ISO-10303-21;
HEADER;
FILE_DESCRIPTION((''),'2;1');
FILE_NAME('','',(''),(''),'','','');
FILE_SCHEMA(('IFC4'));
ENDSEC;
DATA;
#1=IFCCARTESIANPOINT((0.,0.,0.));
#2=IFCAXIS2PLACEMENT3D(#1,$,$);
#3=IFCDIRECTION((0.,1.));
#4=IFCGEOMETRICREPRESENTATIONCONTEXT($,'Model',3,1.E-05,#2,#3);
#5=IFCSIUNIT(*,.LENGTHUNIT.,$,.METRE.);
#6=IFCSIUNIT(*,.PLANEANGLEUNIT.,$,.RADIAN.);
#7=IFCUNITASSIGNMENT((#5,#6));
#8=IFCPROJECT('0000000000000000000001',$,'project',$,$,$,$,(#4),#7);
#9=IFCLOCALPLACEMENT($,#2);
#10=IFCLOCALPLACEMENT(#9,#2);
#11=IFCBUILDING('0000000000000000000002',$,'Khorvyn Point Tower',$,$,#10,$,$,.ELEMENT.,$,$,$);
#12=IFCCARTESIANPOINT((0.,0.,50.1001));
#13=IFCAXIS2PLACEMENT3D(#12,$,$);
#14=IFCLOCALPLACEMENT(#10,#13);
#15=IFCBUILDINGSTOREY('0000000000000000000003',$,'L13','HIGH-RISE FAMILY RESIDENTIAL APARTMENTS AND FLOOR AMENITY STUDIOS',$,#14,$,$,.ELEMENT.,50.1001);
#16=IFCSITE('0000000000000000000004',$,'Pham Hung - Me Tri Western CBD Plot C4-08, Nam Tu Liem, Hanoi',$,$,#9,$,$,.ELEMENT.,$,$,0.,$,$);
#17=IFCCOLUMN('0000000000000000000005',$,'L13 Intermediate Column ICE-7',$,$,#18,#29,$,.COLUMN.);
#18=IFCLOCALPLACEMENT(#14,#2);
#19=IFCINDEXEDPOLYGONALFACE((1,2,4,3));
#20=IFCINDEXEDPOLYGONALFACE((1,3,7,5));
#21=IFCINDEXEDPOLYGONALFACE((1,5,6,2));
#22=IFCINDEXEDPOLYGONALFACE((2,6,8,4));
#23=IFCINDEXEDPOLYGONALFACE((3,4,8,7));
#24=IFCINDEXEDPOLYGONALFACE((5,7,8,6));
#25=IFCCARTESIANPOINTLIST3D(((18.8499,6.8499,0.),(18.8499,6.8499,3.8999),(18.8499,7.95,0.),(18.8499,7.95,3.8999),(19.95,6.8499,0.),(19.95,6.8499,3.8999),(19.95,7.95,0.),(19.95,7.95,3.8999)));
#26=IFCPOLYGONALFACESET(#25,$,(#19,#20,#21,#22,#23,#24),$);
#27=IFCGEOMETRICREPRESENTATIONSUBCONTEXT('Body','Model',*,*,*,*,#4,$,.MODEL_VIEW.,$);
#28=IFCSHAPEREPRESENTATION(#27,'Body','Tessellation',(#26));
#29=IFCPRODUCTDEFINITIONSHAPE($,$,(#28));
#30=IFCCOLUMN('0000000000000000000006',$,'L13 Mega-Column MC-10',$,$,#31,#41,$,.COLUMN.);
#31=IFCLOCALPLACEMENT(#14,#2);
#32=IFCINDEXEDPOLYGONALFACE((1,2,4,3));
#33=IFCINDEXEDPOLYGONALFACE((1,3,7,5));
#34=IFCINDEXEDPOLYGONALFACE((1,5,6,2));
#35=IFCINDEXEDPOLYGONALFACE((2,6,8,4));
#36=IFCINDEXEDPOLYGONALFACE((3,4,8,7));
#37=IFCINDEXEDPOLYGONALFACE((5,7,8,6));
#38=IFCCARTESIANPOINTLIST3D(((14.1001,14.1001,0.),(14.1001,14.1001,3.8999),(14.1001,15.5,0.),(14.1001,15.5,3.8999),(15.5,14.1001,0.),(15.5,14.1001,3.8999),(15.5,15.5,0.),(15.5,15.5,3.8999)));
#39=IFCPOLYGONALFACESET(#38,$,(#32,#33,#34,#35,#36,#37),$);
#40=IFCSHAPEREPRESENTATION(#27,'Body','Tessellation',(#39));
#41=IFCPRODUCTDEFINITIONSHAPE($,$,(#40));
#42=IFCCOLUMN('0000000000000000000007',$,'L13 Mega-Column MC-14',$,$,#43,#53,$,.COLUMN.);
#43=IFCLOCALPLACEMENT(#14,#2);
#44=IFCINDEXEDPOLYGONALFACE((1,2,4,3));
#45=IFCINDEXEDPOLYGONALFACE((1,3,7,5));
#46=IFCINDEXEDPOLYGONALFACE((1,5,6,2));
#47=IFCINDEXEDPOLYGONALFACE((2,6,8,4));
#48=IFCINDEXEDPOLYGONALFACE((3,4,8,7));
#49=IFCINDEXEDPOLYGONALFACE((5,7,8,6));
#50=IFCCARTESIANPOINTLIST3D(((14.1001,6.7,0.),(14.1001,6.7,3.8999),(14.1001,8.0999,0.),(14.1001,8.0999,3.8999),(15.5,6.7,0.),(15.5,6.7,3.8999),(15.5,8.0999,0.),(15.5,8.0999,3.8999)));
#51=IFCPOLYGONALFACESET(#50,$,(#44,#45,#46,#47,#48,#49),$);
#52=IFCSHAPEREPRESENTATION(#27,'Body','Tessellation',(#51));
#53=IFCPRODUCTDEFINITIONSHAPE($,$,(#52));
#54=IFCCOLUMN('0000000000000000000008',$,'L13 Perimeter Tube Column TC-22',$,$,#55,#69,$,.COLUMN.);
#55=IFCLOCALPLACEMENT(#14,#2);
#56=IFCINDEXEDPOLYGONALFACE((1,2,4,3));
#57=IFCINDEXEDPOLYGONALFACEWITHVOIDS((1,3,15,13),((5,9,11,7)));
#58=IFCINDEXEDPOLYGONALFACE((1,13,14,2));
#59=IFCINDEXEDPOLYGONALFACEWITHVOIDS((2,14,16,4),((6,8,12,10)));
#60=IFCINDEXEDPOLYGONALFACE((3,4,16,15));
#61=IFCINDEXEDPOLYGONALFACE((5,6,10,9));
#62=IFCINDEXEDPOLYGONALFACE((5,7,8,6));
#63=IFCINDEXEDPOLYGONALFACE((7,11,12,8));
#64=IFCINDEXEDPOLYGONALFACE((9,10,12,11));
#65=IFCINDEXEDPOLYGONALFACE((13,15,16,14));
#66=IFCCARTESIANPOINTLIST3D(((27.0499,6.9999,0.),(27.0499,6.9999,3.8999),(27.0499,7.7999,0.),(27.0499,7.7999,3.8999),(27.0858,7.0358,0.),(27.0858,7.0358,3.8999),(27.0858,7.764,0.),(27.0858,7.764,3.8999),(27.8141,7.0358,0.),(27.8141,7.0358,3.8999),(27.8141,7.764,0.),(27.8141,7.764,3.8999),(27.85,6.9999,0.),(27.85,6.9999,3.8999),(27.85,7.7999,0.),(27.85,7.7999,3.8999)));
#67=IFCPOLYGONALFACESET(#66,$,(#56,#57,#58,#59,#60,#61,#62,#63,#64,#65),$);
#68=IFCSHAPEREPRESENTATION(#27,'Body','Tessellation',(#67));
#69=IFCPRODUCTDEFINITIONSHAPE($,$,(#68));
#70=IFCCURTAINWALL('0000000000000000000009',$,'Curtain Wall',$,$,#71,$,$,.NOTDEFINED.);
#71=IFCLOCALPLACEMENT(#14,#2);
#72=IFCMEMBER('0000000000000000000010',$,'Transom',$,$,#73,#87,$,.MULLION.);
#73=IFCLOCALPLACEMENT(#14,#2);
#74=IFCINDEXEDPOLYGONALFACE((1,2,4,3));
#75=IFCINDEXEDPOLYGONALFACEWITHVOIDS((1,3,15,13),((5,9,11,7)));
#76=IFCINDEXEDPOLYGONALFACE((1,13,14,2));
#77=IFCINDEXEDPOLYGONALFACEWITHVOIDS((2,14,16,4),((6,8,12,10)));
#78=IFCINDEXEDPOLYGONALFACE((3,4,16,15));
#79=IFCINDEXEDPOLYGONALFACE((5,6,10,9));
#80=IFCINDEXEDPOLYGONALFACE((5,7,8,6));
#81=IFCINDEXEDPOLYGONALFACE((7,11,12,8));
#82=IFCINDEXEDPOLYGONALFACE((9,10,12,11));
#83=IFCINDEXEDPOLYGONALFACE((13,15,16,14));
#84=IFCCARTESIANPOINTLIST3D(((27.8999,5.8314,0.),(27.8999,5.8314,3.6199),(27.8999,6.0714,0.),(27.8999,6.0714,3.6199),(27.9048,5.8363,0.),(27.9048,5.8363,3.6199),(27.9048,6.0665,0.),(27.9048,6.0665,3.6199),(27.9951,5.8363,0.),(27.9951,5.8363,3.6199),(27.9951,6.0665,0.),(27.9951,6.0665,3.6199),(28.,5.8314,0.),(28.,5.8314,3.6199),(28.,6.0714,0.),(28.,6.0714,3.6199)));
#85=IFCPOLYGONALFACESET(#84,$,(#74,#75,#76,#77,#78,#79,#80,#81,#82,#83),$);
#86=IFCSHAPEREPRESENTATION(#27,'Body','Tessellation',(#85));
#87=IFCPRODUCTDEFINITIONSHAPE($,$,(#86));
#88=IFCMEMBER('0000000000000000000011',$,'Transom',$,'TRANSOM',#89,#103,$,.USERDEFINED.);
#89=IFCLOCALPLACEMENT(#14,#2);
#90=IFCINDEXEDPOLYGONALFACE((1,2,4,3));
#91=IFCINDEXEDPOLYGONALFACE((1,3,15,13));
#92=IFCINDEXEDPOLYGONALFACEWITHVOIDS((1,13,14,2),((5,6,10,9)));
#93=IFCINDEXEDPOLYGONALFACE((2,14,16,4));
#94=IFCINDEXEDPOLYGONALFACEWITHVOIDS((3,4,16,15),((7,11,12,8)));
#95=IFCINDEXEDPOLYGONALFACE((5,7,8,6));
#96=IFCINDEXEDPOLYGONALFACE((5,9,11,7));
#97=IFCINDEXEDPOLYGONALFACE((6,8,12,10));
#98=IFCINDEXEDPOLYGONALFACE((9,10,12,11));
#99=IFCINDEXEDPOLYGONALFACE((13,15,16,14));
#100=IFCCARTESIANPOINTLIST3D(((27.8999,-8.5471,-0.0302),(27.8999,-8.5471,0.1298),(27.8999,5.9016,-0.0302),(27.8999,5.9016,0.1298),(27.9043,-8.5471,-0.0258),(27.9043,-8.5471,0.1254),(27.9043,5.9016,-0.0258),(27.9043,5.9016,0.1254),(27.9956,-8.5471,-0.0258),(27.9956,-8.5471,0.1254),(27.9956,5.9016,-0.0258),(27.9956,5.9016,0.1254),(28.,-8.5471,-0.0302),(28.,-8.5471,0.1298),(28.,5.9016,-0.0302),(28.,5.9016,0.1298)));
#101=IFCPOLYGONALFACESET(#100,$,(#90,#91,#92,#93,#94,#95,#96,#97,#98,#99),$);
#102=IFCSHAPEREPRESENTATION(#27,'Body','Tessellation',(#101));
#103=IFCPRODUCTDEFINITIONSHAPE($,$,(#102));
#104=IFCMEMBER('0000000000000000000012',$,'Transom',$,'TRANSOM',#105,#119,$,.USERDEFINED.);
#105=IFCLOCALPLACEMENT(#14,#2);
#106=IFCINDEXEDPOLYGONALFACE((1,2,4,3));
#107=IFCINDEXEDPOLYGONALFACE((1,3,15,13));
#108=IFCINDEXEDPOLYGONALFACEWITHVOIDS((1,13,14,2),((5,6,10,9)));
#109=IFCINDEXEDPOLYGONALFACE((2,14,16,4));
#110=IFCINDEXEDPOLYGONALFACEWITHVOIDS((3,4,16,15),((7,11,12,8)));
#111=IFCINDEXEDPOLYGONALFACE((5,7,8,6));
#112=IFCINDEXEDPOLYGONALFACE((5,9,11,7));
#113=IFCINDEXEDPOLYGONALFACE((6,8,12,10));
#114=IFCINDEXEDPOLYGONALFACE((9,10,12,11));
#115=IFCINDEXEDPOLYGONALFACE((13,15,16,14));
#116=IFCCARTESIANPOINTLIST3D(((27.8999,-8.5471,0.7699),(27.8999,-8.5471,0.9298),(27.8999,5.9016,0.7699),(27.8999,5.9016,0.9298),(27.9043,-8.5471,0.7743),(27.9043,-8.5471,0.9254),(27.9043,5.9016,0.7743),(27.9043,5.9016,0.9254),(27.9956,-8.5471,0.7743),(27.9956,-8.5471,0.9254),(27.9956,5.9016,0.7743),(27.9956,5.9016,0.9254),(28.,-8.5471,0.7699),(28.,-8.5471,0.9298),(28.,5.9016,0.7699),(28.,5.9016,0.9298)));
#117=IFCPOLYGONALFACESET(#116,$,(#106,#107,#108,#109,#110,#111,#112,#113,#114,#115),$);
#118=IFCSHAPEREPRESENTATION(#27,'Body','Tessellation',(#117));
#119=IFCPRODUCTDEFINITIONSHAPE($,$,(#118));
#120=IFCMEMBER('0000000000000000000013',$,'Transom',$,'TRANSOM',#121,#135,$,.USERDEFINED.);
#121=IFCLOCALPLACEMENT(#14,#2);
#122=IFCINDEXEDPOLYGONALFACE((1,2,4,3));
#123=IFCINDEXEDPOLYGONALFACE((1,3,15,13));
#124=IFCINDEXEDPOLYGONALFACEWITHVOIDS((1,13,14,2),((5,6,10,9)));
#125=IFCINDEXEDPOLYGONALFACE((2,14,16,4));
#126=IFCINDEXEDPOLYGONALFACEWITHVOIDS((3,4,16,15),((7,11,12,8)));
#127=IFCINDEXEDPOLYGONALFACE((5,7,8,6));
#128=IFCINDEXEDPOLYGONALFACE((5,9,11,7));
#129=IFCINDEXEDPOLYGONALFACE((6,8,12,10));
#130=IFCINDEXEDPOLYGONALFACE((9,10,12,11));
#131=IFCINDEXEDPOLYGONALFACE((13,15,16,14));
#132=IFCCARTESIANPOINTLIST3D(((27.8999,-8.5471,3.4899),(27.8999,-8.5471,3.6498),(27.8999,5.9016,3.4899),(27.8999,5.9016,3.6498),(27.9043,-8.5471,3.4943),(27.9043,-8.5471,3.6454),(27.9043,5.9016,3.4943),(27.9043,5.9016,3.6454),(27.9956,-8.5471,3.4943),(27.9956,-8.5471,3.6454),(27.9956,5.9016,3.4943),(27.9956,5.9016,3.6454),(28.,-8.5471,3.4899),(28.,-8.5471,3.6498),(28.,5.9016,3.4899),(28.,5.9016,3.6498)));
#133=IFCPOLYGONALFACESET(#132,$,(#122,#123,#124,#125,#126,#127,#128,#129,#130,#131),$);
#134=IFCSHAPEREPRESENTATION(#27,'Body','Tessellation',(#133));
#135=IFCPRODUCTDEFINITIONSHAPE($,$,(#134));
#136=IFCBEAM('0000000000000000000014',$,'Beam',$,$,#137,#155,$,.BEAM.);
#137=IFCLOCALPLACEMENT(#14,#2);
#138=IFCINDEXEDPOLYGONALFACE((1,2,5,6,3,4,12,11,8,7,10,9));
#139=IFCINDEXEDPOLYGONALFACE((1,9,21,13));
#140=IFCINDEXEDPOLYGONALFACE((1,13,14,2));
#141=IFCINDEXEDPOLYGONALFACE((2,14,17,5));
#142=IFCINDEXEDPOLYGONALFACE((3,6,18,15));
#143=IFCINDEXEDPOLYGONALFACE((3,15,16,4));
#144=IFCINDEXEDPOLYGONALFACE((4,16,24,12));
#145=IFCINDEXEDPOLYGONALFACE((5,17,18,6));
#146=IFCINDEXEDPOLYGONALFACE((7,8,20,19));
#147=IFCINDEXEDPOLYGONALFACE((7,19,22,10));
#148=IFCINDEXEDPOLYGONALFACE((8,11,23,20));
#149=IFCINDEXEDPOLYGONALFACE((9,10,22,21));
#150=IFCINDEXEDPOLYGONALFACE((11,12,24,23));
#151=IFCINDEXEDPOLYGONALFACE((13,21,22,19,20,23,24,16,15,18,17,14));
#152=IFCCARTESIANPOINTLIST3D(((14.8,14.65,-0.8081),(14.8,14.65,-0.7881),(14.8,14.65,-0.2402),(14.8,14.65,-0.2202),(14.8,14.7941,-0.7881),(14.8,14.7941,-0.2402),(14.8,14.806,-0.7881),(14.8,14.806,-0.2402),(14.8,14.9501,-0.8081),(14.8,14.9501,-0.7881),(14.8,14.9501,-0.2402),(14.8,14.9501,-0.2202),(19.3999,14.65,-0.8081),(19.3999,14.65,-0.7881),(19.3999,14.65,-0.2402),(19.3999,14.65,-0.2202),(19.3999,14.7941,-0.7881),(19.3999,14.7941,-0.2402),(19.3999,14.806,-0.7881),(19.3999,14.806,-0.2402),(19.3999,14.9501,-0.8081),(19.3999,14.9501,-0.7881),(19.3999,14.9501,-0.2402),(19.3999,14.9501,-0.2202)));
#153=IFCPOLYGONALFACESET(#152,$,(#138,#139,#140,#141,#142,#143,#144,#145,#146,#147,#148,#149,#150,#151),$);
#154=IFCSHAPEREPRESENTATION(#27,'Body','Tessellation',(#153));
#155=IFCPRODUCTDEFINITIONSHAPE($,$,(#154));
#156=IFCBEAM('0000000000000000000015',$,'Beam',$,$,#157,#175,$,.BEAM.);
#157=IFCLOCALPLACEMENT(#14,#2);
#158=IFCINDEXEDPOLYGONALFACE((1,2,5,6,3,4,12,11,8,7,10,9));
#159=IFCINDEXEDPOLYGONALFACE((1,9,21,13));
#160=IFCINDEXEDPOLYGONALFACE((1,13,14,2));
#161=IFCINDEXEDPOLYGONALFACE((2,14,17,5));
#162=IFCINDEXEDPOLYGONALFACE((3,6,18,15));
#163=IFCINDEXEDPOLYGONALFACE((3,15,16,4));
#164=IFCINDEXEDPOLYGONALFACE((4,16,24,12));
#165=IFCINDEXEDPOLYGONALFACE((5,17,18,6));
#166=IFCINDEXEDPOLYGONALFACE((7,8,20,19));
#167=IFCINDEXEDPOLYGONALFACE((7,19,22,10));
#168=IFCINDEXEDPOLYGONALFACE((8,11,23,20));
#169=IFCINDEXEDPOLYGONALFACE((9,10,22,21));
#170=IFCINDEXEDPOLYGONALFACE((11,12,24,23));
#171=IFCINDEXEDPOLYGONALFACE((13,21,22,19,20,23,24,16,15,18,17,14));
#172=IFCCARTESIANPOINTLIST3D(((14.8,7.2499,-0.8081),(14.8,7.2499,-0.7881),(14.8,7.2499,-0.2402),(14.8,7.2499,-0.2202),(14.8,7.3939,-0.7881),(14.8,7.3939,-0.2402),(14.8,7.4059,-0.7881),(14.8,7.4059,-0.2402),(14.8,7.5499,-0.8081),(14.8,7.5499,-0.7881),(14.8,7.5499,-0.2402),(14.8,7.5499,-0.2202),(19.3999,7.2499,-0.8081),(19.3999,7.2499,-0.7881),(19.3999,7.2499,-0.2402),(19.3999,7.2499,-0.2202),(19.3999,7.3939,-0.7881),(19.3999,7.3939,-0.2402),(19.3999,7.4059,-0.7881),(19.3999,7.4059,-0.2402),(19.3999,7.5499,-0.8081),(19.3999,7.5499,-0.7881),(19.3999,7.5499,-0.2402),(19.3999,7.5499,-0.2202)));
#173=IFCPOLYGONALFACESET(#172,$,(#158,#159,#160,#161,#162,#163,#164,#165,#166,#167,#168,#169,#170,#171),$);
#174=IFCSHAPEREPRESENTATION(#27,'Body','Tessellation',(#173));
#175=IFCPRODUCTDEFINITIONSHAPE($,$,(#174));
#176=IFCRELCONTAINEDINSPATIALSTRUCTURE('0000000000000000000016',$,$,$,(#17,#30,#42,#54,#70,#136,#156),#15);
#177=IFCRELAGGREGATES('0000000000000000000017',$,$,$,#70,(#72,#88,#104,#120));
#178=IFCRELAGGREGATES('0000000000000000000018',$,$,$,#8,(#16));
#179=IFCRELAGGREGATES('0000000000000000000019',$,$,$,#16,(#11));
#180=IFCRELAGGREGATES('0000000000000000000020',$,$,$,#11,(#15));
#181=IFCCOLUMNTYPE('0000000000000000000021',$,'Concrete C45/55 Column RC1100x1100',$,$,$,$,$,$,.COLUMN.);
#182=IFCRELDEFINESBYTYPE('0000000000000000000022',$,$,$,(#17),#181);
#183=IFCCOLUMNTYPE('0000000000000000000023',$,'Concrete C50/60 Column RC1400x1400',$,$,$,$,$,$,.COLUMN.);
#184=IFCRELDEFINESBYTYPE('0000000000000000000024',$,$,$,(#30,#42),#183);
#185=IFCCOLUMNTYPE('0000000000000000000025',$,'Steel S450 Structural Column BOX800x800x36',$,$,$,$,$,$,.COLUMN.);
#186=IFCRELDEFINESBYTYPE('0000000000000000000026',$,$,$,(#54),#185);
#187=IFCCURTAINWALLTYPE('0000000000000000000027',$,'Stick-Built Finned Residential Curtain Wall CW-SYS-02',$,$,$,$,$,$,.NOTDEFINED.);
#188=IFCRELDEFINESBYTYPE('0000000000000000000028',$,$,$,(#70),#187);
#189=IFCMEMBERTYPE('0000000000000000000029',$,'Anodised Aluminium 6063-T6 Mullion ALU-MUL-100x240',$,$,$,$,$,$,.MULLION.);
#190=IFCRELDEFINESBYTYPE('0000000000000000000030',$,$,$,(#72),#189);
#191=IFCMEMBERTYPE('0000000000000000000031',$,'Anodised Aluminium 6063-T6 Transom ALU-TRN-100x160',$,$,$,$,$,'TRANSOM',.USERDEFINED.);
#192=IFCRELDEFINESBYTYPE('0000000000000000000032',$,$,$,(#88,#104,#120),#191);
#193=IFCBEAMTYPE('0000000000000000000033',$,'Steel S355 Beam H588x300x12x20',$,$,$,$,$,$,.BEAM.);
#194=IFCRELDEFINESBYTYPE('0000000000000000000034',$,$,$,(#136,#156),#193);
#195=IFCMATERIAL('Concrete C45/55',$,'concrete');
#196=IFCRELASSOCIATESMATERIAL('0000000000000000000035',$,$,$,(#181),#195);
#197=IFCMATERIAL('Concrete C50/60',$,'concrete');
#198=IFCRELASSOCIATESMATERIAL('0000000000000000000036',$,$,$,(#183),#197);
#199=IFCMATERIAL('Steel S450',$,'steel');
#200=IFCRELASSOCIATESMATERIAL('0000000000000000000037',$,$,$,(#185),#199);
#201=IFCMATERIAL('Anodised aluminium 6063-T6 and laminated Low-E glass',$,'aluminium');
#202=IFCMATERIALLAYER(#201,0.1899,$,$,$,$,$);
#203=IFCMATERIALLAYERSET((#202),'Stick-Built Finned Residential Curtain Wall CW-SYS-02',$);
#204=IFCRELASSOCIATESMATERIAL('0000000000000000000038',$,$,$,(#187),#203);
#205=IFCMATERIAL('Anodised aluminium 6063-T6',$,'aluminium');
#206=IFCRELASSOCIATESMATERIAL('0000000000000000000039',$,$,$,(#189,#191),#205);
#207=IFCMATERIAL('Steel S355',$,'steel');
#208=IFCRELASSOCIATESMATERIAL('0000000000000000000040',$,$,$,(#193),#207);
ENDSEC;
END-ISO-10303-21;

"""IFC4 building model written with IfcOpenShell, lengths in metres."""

from ifc_helpers import new_model, si_unit, direction, frame, origin, origin_2d, place, context, subcontext, project, spatial, rectangle, hollow_rectangle, i_section, extrude, material, layer, layer_set, material_profile, profile_set, type_object, element, aggregate, save


model = new_model("IFC4")

# Units and contexts
model_context = context("Model", 3, precision=1e-05, world=origin(), true_north=direction((0.0, 1.0)))
body_context = subcontext(model_context, "Body", "Model", "MODEL_VIEW")
ifc_project = project(units=[si_unit("LENGTHUNIT", "METRE"), si_unit("PLANEANGLEUNIT", "RADIAN")], contexts=[model_context])

# Site, building, storey
site_placement = place(None, origin())
site = spatial("IfcSite", under=ifc_project, at=site_placement, Name="Pham Hung - Me Tri Western CBD Plot C4-08, Nam Tu Liem, Hanoi", CompositionType="ELEMENT", RefElevation=0.0)
building_placement = place(site_placement, origin())
building = spatial("IfcBuilding", under=site, at=building_placement, Name="Khorvyn Point Tower", CompositionType="ELEMENT")
storey_placement = place(building_placement, frame((0.0, 0.0, 50.1001)))
storey = spatial("IfcBuildingStorey", under=building, at=storey_placement, Name="L13", Description="HIGH-RISE FAMILY RESIDENTIAL APARTMENTS AND FLOOR AMENITY STUDIOS", CompositionType="ELEMENT", Elevation=50.1001)

# Columns
ifc_material_1 = material(Name="Concrete C45/55", Category="concrete")
ifc_material_profile_1 = material_profile(ifc_material_1, rectangle(XDim=1.1001, YDim=1.1001, at=origin_2d()))
ifc_profile_set_1 = profile_set([ifc_material_profile_1], Name="Concrete C45/55 RC1100x1100")
column_type_1 = type_object("IfcColumnType", Name="Concrete C45/55 Column RC1100x1100", PredefinedType="COLUMN", material=ifc_profile_set_1)
column_1_placement = place(storey_placement, frame((19.3999, 7.3999, 0.0), z_axis=(0.0, 0.0, 1.0), x_axis=(1.0, 0.0, 0.0)))
element("IfcColumn", 1, at=column_1_placement, inside=storey, type_object=column_type_1, Name="L13 Intermediate Column ICE-7", PredefinedType="COLUMN", context=body_context, shape_type="SweptSolid", body=[
    extrude(rectangle(XDim=1.1001, YDim=1.1001, at=origin_2d()), origin(), (0.0, 0.0, 1.0), 3.8999),
])
ifc_material_2 = material(Name="Concrete C50/60", Category="concrete")
ifc_material_profile_2 = material_profile(ifc_material_2, rectangle(XDim=1.3999, YDim=1.3999, at=origin_2d()))
ifc_profile_set_2 = profile_set([ifc_material_profile_2], Name="Concrete C50/60 RC1400x1400")
column_type_2 = type_object("IfcColumnType", Name="Concrete C50/60 Column RC1400x1400", PredefinedType="COLUMN", material=ifc_profile_set_2)
for number, where, z_axis, x_axis, name in (
    (2, (14.8, 14.8, 0.0), (0.0, 0.0, 1.0), (1.0, 0.0, 0.0), "L13 Mega-Column MC-10"),
    (3, (14.8, 7.3999, 0.0), (0.0, 0.0, 1.0), (1.0, 0.0, 0.0), "L13 Mega-Column MC-14"),
):
    element("IfcColumn", number, at=place(storey_placement, frame(where, z_axis=z_axis, x_axis=x_axis)), inside=storey, type_object=column_type_2, Name=name, PredefinedType="COLUMN", context=body_context, shape_type="SweptSolid", body=[
        extrude(rectangle(XDim=1.3999, YDim=1.3999, at=origin_2d()), origin(), (0.0, 0.0, 1.0), 3.8999),
    ])
ifc_material_3 = material(Name="Steel S450", Category="steel")
ifc_material_profile_3 = material_profile(ifc_material_3, hollow_rectangle(XDim=0.8, YDim=0.8, WallThickness=0.0359, at=origin_2d()))
ifc_profile_set_3 = profile_set([ifc_material_profile_3], Name="Steel S450 BOX800x800x36")
column_type_3 = type_object("IfcColumnType", Name="Steel S450 Structural Column BOX800x800x36", PredefinedType="COLUMN", material=ifc_profile_set_3)
column_2_placement = place(storey_placement, frame((27.45, 7.3999, 0.0), z_axis=(0.0, 0.0, 1.0), x_axis=(1.0, 0.0, 0.0)))
element("IfcColumn", 4, at=column_2_placement, inside=storey, type_object=column_type_3, Name="L13 Perimeter Tube Column TC-22", PredefinedType="COLUMN", context=body_context, shape_type="SweptSolid", body=[
    extrude(hollow_rectangle(XDim=0.8, YDim=0.8, WallThickness=0.0359, at=origin_2d()), origin(), (0.0, 0.0, 1.0), 3.8999),
])

# Curtain wall, members
ifc_material_4 = material(Name="Anodised aluminium 6063-T6 and laminated Low-E glass", Category="aluminium")
ifc_layer_1 = layer(ifc_material_4, 0.1899)
ifc_layer_set_1 = layer_set([ifc_layer_1], Name="Stick-Built Finned Residential Curtain Wall CW-SYS-02")
curtain_wall_type = type_object("IfcCurtainWallType", Name="Stick-Built Finned Residential Curtain Wall CW-SYS-02", PredefinedType="NOTDEFINED", material=ifc_layer_set_1)
curtain_wall_placement = place(storey_placement, origin())
curtain_wall = element("IfcCurtainWall", 5, at=curtain_wall_placement, inside=storey, type_object=curtain_wall_type, Name="Curtain Wall", PredefinedType="NOTDEFINED")
ifc_material_5 = material(Name="Anodised aluminium 6063-T6", Category="aluminium")
ifc_material_profile_4 = material_profile(ifc_material_5, hollow_rectangle(XDim=0.1001, YDim=0.24, WallThickness=0.0049, at=origin_2d()))
ifc_profile_set_4 = profile_set([ifc_material_profile_4], Name="Anodised aluminium 6063-T6 ALU-MUL-100x240")
member_type_1 = type_object("IfcMemberType", Name="Anodised Aluminium 6063-T6 Mullion ALU-MUL-100x240", PredefinedType="MULLION", material=ifc_profile_set_4)
member_1_placement = place(storey_placement, frame((27.95, 5.9514, 0.0), z_axis=(0.0, 0.0, 1.0), x_axis=(1.0, 0.0, 0.0)))
member_1 = element("IfcMember", 6, at=member_1_placement, type_object=member_type_1, Name="Transom", PredefinedType="MULLION", context=body_context, shape_type="SweptSolid", body=[
    extrude(hollow_rectangle(XDim=0.1001, YDim=0.24, WallThickness=0.0049, at=origin_2d()), origin(), (0.0, 0.0, 1.0), 3.6199),
])
ifc_material_profile_5 = material_profile(ifc_material_5, hollow_rectangle(XDim=0.1001, YDim=0.1599, WallThickness=0.0044, at=origin_2d()))
ifc_profile_set_5 = profile_set([ifc_material_profile_5], Name="Anodised aluminium 6063-T6 ALU-TRN-100x160")
member_type_2 = type_object("IfcMemberType", Name="Anodised Aluminium 6063-T6 Transom ALU-TRN-100x160", ElementType="TRANSOM", PredefinedType="USERDEFINED", material=ifc_profile_set_5)
member_2_placement = place(storey_placement, frame((27.95, 5.9016, 0.0498), z_axis=(0.0, -1.0, 0.0), x_axis=(1.0, 0.0, 0.0)))
member_2 = element("IfcMember", 7, at=member_2_placement, type_object=member_type_2, Name="Transom", ObjectType="TRANSOM", PredefinedType="USERDEFINED", context=body_context, shape_type="SweptSolid", body=[
    extrude(hollow_rectangle(XDim=0.1001, YDim=0.1599, WallThickness=0.0044, at=origin_2d()), origin(), (0.0, 0.0, 1.0), 14.4487),
])
member_3_placement = place(storey_placement, frame((27.95, 5.9016, 0.8499), z_axis=(0.0, -1.0, 0.0), x_axis=(1.0, 0.0, 0.0)))
member_3 = element("IfcMember", 8, at=member_3_placement, type_object=member_type_2, Name="Transom", ObjectType="TRANSOM", PredefinedType="USERDEFINED", context=body_context, shape_type="SweptSolid", body=[
    extrude(hollow_rectangle(XDim=0.1001, YDim=0.1599, WallThickness=0.0044, at=origin_2d()), origin(), (0.0, 0.0, 1.0), 14.4487),
])
member_4_placement = place(storey_placement, frame((27.95, 5.9016, 3.5698), z_axis=(0.0, -1.0, 0.0), x_axis=(1.0, 0.0, 0.0)))
member_4 = element("IfcMember", 9, at=member_4_placement, type_object=member_type_2, Name="Transom", ObjectType="TRANSOM", PredefinedType="USERDEFINED", context=body_context, shape_type="SweptSolid", body=[
    extrude(hollow_rectangle(XDim=0.1001, YDim=0.1599, WallThickness=0.0044, at=origin_2d()), origin(), (0.0, 0.0, 1.0), 14.4487),
])

# Beams
ifc_material_6 = material(Name="Steel S355", Category="steel")
ifc_material_profile_6 = material_profile(ifc_material_6, i_section(OverallWidth=0.3, OverallDepth=0.5879, WebThickness=0.012, FlangeThickness=0.02, at=origin_2d()))
ifc_profile_set_6 = profile_set([ifc_material_profile_6], Name="Steel S355 H588x300x12x20")
beam_type_1 = type_object("IfcBeamType", Name="Steel S355 Beam H588x300x12x20", PredefinedType="BEAM", material=ifc_profile_set_6)
for number, where, z_axis, x_axis, name in (
    (10, (14.8, 14.8, -0.5142), (1.0, 0.0, 0.0), (0.0, 1.0, 0.0), "Beam"),
    (11, (14.8, 7.3999, -0.5142), (1.0, 0.0, 0.0), (0.0, 1.0, 0.0), "Beam"),
):
    element("IfcBeam", number, at=place(storey_placement, frame(where, z_axis=z_axis, x_axis=x_axis)), inside=storey, type_object=beam_type_1, Name=name, PredefinedType="BEAM", context=body_context, shape_type="SweptSolid", body=[
        extrude(i_section(OverallWidth=0.3, OverallDepth=0.5879, WebThickness=0.012, FlangeThickness=0.02, at=origin_2d()), origin(), (0.0, 0.0, 1.0), 4.5999),
    ])

aggregate(curtain_wall, [member_1, member_2, member_3, member_4])

save(model, "model.ifc")
